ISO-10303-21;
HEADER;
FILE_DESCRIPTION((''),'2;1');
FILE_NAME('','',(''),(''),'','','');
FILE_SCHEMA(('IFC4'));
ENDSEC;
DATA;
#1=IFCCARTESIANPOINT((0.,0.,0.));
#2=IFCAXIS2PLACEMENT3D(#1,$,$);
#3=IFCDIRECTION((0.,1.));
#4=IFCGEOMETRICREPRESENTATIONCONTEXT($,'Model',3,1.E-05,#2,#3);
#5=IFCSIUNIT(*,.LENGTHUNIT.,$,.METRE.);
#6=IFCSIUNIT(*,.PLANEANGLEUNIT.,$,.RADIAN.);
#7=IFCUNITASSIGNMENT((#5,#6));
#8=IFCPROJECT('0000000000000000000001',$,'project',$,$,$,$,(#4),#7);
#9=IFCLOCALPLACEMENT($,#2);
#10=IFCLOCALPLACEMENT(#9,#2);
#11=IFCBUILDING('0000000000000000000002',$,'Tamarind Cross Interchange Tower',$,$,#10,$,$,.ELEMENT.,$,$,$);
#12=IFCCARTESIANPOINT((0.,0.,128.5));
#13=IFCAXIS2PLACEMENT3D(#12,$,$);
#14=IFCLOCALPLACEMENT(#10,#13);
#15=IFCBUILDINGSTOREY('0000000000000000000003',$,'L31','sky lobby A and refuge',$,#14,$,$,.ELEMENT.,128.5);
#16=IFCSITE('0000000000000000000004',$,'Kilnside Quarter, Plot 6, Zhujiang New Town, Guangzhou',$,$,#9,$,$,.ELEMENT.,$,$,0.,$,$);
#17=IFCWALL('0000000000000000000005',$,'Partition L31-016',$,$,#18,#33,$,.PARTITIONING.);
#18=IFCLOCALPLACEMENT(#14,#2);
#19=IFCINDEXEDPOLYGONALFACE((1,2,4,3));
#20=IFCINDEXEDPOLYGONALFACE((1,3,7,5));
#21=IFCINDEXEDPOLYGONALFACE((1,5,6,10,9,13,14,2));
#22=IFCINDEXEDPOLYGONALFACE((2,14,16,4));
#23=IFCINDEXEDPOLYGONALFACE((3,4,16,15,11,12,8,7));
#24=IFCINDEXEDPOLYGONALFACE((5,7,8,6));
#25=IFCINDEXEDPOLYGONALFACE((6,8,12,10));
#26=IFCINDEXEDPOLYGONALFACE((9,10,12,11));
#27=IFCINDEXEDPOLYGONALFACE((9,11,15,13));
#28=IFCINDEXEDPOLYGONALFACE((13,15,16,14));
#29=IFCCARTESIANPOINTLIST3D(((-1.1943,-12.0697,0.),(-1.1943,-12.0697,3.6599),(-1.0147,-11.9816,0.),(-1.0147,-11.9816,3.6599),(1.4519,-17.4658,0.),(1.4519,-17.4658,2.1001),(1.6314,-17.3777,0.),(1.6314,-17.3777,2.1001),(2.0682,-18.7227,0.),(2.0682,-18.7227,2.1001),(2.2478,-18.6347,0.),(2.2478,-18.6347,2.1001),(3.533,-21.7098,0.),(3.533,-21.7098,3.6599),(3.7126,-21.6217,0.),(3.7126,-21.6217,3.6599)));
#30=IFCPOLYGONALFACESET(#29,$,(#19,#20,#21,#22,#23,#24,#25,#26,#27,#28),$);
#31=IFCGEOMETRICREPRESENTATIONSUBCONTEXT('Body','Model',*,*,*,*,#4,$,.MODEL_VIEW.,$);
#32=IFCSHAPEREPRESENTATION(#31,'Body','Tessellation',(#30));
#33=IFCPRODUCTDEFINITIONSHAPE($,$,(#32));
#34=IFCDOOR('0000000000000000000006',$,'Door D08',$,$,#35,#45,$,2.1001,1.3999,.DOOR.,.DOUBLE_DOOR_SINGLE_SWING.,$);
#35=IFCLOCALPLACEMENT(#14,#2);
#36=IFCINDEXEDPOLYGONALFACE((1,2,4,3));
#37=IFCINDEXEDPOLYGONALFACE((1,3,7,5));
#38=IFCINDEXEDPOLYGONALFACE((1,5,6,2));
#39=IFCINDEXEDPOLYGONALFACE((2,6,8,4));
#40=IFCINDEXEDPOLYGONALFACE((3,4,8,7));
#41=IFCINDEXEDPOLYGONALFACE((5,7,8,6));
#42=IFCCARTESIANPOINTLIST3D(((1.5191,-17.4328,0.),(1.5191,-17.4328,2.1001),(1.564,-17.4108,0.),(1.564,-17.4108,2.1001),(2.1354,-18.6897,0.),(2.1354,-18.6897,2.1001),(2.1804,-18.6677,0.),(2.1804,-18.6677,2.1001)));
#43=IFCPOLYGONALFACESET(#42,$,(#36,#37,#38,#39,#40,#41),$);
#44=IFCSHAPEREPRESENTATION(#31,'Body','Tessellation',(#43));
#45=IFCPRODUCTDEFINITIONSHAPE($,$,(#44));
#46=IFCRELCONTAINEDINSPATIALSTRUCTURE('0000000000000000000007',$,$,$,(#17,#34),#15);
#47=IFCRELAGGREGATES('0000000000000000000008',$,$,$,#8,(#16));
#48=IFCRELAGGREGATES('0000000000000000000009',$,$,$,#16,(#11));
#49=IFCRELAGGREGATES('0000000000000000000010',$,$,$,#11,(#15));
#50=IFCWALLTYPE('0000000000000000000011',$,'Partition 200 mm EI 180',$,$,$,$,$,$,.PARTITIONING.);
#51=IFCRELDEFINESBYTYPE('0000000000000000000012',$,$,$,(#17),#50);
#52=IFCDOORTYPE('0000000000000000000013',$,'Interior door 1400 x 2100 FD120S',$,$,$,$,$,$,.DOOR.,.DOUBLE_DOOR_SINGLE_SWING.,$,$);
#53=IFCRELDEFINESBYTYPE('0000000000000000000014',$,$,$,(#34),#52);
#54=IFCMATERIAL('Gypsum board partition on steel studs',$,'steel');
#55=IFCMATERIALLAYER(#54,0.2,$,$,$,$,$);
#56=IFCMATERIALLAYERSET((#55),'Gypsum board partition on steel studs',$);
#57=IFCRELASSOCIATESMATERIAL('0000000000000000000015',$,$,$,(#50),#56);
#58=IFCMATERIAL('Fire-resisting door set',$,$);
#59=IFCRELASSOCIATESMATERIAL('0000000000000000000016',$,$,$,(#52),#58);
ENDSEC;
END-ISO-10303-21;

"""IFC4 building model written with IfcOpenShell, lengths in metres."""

from ifc_helpers import new_model, si_unit, direction, frame, frame_2d, origin, place, context, subcontext, project, spatial, rectangle, extrude, material, layer, layer_set, type_object, element, fill, save


model = new_model("IFC4")

# Units and contexts
model_context = context("Model", 3, precision=1e-05, world=origin(), true_north=direction((0.0, 1.0)))
body_context = subcontext(model_context, "Body", "Model", "MODEL_VIEW")
ifc_project = project(units=[si_unit("LENGTHUNIT", "METRE"), si_unit("PLANEANGLEUNIT", "RADIAN")], contexts=[model_context])

# Site, building, storey
site_placement = place(None, origin())
site = spatial("IfcSite", under=ifc_project, at=site_placement, Name="Kilnside Quarter, Plot 6, Zhujiang New Town, Guangzhou", CompositionType="ELEMENT", RefElevation=0.0)
building_placement = place(site_placement, origin())
building = spatial("IfcBuilding", under=site, at=building_placement, Name="Tamarind Cross Interchange Tower", CompositionType="ELEMENT")
storey_placement = place(building_placement, frame((0.0, 0.0, 128.5)))
storey = spatial("IfcBuildingStorey", under=building, at=storey_placement, Name="L31", Description="sky lobby A and refuge", CompositionType="ELEMENT", Elevation=128.5)

# Wall, opening, door
ifc_material_1 = material(Name="Gypsum board partition on steel studs", Category="steel")
ifc_layer_1 = layer(ifc_material_1, 0.2)
ifc_layer_set_1 = layer_set([ifc_layer_1], Name="Gypsum board partition on steel studs")
wall_type_1 = type_object("IfcWallType", Name="Partition 200 mm EI 180", PredefinedType="PARTITIONING", material=ifc_layer_set_1)
ifc_material_2 = material(Name="Fire-resisting door set")
wall_1_placement = place(storey_placement, frame((-1.1045, -12.0256, 0.0), z_axis=(0.0, 0.0, 1.0), x_axis=(0.440288, -0.897857, 0.0)))
wall_1 = element("IfcWall", 1, at=wall_1_placement, inside=storey, type_object=wall_type_1, Name="Partition L31-016", PredefinedType="PARTITIONING", context=body_context, shape_type="SweptSolid", body=[
    extrude(rectangle(XDim=10.7368, YDim=0.2, at=frame_2d((5.3684, 0.0))), origin(), (0.0, 0.0, 1.0), 3.6599),
])
opening_1_placement = place(wall_1_placement, frame((6.01, 0.0, 0.0)))
opening_1 = element("IfcOpeningElement", 2, at=opening_1_placement, cuts=wall_1, PredefinedType="OPENING", context=body_context, shape_type="SweptSolid", body=[
    extrude(rectangle(XDim=1.3999, YDim=2.1001, at=frame_2d((0.7, 1.05))), frame((0.0, 0.1099, 0.0), z_axis=(0.0, -1.0, 0.0), x_axis=(1.0, 0.0, 0.0)), (0.0, 0.0, 1.0), 0.22),
])
door_type_1 = type_object("IfcDoorType", Name="Interior door 1400 x 2100 FD120S", OperationType="DOUBLE_DOOR_SINGLE_SWING", PredefinedType="DOOR", material=ifc_material_2)
door_1_placement = place(opening_1_placement, origin())
door_1 = element("IfcDoor", 3, at=door_1_placement, inside=storey, type_object=door_type_1, Name="Door D08", OperationType="DOUBLE_DOOR_SINGLE_SWING", OverallHeight=2.1001, OverallWidth=1.3999, PredefinedType="DOOR", context=body_context, shape_type="SweptSolid", body=[
    extrude(rectangle(XDim=1.3999, YDim=2.1001, at=frame_2d((0.7, 1.05))), frame((0.0, 0.0249, 0.0), z_axis=(0.0, -1.0, 0.0), x_axis=(1.0, 0.0, 0.0)), (0.0, 0.0, 1.0), 0.05),
])
fill(opening_1, door_1)

save(model, "model.ifc")
